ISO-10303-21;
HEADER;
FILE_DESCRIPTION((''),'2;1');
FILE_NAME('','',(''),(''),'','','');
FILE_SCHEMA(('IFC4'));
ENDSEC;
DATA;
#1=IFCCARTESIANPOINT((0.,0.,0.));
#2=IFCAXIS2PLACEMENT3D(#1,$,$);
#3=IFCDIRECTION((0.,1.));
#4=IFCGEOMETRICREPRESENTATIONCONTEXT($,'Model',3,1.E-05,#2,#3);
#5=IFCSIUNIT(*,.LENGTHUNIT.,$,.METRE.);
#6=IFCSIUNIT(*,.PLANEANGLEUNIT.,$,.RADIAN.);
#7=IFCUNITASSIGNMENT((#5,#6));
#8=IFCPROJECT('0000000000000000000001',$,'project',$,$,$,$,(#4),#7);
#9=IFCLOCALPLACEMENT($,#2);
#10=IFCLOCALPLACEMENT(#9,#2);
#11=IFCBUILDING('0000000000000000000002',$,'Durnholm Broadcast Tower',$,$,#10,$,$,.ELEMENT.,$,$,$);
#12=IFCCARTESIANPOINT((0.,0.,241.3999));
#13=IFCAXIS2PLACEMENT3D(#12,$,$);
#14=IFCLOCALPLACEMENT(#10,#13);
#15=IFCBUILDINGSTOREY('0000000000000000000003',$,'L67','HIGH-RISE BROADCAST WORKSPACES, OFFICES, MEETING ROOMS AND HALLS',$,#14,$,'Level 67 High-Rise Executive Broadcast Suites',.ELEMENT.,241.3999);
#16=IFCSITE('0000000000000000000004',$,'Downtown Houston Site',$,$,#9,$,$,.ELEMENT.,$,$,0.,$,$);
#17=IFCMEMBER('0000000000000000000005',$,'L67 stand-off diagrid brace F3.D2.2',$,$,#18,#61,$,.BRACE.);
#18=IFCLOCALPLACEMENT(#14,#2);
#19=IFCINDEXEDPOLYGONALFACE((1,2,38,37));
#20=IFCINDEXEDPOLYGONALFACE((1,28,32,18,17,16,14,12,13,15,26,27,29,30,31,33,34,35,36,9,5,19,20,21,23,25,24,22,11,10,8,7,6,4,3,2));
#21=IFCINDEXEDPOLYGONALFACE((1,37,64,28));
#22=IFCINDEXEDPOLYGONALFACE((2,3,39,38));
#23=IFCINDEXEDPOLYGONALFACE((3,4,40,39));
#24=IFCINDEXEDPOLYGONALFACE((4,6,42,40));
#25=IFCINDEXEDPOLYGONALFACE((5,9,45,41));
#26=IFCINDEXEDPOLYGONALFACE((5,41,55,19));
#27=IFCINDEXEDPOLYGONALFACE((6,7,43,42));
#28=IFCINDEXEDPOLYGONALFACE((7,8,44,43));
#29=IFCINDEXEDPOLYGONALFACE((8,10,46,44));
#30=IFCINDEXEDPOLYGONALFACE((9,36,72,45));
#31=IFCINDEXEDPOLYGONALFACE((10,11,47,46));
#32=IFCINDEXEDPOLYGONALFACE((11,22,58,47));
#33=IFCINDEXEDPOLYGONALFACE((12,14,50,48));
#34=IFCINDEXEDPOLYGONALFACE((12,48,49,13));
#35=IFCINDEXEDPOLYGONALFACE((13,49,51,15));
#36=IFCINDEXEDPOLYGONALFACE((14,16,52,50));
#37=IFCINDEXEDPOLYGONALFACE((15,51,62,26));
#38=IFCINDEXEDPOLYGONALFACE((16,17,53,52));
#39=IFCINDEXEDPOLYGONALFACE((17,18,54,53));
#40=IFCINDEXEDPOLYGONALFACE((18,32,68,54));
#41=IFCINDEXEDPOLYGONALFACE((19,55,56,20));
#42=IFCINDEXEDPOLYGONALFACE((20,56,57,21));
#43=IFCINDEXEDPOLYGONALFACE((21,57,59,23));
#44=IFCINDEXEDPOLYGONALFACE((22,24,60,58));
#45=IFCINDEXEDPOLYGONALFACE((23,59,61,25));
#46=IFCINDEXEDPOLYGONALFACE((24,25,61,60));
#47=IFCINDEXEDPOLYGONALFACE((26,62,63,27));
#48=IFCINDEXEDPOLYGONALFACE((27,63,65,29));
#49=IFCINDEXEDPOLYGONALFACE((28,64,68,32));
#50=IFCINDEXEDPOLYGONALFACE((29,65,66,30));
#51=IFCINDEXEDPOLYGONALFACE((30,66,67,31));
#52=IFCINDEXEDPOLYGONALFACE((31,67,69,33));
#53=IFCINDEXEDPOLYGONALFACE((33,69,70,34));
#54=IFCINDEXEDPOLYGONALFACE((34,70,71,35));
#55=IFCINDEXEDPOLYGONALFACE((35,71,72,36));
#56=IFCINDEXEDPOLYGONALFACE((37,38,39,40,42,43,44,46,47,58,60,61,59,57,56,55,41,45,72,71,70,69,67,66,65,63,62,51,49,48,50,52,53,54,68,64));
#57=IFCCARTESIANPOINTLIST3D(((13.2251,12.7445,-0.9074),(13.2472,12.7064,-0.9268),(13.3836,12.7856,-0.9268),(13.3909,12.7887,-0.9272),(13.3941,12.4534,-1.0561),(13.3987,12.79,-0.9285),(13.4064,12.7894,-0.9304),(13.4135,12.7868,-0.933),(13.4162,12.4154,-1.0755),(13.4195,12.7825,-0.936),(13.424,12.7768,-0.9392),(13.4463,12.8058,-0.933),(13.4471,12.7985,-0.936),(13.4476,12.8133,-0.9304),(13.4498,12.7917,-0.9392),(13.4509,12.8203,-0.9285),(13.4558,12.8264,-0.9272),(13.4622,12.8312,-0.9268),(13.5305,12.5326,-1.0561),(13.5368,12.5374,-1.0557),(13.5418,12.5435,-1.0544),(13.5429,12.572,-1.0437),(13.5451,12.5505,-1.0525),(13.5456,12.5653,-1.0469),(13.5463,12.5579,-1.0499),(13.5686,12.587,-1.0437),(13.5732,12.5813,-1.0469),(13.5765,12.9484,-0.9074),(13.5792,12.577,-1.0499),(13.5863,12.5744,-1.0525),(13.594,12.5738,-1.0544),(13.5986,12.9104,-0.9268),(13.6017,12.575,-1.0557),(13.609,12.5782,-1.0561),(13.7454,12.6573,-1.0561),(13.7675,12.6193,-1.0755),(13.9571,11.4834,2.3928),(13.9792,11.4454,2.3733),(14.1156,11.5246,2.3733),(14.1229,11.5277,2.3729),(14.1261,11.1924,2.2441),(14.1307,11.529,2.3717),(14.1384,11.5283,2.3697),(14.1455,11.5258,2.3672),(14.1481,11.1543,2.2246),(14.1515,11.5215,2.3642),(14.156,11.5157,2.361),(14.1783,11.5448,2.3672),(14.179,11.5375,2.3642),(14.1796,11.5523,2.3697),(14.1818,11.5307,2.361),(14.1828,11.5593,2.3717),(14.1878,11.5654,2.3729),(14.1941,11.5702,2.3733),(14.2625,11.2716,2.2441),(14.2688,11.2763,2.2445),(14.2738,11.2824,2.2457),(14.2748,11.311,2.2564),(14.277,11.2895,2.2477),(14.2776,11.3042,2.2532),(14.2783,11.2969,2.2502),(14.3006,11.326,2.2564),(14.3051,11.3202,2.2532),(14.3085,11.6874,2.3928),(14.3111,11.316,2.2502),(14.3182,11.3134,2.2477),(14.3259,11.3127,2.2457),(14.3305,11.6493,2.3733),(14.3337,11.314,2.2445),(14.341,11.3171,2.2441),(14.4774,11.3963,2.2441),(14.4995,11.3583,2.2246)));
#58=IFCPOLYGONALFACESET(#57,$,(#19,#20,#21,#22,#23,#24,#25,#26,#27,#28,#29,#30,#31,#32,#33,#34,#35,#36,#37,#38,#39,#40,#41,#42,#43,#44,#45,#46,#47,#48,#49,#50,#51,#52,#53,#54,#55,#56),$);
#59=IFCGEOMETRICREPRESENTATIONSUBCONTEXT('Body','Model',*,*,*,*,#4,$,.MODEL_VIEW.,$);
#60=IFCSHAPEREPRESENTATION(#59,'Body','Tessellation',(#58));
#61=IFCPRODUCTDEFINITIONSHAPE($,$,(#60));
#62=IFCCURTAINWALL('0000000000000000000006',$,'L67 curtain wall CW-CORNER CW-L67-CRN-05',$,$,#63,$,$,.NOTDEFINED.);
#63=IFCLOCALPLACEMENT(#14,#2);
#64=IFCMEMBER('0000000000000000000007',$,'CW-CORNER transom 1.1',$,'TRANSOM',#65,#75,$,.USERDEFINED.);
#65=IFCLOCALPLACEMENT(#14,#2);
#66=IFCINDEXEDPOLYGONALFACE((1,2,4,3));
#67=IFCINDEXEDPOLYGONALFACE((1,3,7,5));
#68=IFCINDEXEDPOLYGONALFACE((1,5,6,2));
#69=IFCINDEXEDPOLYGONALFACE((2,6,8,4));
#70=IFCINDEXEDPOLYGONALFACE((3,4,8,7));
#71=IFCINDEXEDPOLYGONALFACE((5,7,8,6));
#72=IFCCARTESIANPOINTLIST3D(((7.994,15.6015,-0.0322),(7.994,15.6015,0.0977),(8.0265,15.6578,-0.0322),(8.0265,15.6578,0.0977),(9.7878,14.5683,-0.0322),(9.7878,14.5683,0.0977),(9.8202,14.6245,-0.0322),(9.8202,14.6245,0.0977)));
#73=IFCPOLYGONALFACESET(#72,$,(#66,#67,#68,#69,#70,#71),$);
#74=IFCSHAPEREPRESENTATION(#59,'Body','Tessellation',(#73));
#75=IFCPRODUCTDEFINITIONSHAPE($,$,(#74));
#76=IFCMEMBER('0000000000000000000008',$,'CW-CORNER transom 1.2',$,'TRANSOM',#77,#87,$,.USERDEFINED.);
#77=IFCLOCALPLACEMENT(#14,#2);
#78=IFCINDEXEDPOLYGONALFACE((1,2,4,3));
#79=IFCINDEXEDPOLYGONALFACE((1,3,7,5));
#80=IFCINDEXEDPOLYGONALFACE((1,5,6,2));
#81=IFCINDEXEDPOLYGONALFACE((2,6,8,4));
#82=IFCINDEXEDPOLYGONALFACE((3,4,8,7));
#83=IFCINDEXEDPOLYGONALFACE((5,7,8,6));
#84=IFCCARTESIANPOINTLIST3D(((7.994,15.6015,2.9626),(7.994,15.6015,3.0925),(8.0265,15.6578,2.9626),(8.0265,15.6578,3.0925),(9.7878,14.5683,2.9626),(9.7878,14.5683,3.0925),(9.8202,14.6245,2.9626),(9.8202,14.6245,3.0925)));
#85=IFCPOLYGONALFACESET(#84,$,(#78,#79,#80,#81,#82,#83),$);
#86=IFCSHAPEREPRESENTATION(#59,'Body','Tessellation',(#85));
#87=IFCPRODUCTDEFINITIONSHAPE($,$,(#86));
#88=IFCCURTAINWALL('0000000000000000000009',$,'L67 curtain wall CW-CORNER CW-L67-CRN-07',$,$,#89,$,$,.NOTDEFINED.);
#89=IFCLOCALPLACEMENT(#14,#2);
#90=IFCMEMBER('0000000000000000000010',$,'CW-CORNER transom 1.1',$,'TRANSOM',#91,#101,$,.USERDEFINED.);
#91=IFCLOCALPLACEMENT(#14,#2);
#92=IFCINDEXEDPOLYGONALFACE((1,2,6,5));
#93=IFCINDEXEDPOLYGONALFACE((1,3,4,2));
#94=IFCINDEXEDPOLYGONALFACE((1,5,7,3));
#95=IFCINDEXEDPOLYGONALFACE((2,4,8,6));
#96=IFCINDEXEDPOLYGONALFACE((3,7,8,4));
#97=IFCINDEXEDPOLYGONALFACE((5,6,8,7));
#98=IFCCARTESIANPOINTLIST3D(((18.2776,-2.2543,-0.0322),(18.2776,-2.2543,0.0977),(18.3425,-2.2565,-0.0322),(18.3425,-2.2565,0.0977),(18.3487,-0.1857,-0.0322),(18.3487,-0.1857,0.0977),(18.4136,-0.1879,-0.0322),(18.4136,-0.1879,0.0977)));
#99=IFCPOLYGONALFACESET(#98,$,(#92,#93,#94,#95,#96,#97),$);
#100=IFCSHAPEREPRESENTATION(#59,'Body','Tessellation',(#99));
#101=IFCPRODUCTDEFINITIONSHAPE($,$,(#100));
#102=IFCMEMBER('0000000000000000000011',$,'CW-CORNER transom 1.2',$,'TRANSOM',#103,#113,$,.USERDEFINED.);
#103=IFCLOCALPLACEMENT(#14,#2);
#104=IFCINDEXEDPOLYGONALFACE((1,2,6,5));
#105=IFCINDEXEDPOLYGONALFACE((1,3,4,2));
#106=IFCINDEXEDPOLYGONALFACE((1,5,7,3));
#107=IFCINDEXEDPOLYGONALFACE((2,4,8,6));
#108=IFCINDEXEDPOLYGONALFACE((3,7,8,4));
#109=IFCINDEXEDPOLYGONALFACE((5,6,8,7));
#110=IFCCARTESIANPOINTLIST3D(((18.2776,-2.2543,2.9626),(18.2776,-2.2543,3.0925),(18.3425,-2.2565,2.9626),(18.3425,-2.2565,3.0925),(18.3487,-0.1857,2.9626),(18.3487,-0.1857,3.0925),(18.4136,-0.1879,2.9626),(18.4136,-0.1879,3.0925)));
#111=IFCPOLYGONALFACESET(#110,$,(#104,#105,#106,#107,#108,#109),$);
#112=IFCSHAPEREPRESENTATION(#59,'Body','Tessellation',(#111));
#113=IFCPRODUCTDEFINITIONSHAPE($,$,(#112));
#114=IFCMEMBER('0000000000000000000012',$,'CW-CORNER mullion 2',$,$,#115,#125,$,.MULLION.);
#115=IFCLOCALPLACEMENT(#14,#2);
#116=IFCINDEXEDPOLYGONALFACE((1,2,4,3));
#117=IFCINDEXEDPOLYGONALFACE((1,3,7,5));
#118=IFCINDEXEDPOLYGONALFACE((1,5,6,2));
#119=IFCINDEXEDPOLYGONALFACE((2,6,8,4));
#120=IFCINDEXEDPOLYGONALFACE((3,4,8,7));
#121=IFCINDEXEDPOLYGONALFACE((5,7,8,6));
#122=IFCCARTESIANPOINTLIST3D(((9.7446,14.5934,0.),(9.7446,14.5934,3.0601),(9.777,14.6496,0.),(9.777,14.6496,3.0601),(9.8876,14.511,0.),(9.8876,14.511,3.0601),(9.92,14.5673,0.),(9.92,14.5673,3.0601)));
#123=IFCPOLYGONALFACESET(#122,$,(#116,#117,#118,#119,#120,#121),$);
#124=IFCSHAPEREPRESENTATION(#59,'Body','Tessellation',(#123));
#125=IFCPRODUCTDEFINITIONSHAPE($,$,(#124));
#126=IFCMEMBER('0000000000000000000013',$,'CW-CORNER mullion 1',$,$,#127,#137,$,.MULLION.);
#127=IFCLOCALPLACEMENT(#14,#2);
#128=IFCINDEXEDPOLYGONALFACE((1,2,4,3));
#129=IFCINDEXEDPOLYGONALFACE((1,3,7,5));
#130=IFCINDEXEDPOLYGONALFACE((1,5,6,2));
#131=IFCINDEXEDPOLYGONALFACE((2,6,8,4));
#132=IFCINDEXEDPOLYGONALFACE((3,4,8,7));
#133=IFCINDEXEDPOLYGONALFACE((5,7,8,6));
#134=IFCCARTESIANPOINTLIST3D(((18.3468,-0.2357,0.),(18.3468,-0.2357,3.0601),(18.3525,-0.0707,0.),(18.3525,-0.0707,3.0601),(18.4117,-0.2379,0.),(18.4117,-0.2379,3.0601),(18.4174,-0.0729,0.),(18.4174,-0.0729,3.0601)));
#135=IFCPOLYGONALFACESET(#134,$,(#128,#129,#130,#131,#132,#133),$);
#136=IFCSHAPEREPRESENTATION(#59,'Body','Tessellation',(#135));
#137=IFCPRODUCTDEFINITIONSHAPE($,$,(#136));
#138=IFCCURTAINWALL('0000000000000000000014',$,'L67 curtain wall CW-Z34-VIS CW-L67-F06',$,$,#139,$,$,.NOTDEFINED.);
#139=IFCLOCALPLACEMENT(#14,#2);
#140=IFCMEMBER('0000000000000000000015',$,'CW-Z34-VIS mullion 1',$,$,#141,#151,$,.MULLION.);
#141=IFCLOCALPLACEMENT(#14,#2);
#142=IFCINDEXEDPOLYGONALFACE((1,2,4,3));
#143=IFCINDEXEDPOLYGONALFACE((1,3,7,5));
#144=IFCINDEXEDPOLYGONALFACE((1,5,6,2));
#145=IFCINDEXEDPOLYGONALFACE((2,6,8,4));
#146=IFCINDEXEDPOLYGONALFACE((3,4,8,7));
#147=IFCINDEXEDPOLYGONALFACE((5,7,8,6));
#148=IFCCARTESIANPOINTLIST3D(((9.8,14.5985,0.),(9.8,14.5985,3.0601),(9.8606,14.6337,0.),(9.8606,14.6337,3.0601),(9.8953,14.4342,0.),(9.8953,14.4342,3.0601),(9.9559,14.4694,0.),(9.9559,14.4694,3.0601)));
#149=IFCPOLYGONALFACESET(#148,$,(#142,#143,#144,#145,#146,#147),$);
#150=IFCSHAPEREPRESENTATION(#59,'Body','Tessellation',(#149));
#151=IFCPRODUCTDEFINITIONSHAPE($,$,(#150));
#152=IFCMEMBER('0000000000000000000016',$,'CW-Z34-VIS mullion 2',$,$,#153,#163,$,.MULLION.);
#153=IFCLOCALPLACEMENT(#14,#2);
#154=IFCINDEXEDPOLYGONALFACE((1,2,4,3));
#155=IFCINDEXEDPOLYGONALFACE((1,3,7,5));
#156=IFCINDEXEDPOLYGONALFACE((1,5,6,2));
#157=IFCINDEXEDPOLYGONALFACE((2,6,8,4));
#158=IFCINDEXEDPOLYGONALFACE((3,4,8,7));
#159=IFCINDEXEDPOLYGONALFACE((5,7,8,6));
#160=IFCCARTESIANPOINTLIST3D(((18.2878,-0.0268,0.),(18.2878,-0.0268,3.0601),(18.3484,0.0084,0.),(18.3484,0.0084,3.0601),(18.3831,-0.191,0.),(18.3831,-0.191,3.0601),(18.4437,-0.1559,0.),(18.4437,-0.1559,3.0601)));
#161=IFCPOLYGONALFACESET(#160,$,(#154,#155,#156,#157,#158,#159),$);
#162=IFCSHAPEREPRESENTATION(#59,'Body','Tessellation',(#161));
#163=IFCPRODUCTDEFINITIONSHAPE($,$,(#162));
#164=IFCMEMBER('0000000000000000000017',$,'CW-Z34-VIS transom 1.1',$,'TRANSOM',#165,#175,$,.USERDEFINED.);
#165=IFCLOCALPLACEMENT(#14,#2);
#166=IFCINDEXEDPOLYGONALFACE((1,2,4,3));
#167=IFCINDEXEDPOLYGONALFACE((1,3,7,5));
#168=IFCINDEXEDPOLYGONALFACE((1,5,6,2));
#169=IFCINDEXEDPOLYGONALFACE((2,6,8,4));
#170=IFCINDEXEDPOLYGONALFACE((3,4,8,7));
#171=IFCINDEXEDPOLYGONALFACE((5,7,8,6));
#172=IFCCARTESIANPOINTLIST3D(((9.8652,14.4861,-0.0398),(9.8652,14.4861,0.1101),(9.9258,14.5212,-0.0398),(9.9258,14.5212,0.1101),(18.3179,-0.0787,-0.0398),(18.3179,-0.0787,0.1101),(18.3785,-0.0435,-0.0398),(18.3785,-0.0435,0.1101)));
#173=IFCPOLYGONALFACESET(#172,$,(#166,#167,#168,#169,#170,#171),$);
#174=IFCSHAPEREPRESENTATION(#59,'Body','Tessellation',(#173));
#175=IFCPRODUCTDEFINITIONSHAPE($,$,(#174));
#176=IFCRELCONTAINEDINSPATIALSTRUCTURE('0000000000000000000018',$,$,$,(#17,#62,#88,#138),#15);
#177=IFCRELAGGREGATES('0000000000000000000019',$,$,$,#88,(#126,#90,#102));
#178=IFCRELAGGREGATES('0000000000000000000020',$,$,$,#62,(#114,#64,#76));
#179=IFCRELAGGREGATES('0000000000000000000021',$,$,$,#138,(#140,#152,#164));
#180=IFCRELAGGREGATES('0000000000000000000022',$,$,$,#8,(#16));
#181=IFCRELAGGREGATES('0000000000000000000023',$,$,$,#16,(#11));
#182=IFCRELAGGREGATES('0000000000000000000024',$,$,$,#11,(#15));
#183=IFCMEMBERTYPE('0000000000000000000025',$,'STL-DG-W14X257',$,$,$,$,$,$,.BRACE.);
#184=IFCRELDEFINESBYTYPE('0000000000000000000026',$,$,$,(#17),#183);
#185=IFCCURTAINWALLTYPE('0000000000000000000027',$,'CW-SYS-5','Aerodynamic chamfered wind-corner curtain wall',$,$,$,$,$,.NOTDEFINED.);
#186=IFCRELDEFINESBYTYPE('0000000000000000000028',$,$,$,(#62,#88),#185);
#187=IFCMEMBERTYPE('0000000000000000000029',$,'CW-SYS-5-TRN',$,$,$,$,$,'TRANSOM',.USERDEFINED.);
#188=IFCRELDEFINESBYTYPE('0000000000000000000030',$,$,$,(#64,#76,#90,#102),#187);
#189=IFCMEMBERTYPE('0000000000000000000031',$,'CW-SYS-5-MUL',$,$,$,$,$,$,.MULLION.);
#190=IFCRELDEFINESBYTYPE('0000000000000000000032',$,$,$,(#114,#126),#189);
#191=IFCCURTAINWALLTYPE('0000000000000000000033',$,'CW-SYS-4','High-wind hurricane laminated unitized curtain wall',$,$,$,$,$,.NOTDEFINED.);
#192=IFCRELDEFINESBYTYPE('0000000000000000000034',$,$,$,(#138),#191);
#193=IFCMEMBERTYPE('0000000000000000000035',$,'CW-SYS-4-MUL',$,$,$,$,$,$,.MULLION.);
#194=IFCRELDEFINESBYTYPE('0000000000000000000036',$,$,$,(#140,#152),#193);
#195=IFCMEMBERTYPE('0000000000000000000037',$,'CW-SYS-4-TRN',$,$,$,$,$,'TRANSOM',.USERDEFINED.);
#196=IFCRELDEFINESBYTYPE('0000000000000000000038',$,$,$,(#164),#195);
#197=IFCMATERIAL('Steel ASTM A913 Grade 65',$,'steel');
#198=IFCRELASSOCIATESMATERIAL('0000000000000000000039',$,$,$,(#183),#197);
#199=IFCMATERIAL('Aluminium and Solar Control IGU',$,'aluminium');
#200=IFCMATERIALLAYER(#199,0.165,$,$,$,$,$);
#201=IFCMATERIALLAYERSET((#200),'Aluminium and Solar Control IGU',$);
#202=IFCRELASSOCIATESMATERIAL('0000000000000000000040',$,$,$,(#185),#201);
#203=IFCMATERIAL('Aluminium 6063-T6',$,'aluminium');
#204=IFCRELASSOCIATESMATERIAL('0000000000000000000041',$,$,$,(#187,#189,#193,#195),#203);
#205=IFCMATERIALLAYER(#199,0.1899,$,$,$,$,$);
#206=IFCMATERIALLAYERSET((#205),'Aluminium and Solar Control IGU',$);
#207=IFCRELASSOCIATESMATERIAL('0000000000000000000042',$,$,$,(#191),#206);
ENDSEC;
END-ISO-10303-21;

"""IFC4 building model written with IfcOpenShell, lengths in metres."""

from ifc_helpers import new_model, si_unit, direction, frame, origin, origin_2d, place, context, subcontext, project, spatial, rectangle, i_section, extrude, source, transform, mapped, material, layer, layer_set, material_profile, profile_set, type_object, type_shapes, element, aggregate, save


model = new_model("IFC4")

# Units and contexts
model_context = context("Model", 3, precision=1e-05, world=origin(), true_north=direction((0.0, 1.0)))
body_context = subcontext(model_context, "Body", "Model", "MODEL_VIEW")
ifc_project = project(units=[si_unit("LENGTHUNIT", "METRE"), si_unit("PLANEANGLEUNIT", "RADIAN")], contexts=[model_context])

# Site, building, storey
site_placement = place(None, origin())
site = spatial("IfcSite", under=ifc_project, at=site_placement, Name="Downtown Houston Site", CompositionType="ELEMENT", RefElevation=0.0)
building_placement = place(site_placement, origin())
building = spatial("IfcBuilding", under=site, at=building_placement, Name="Durnholm Broadcast Tower", CompositionType="ELEMENT")
storey_placement = place(building_placement, frame((0.0, 0.0, 241.3999)))
storey = spatial("IfcBuildingStorey", under=building, at=storey_placement, Name="L67", Description="HIGH-RISE BROADCAST WORKSPACES, OFFICES, MEETING ROOMS AND HALLS", LongName="Level 67 High-Rise Executive Broadcast Suites", CompositionType="ELEMENT", Elevation=241.3999)

# Member
ifc_material_1 = material(Name="Steel ASTM A913 Grade 65", Category="steel")
ifc_material_profile_1 = material_profile(ifc_material_1, i_section(OverallWidth=0.4062, OverallDepth=0.416, WebThickness=0.0298, FlangeThickness=0.0481, FilletRadius=0.0305, at=origin_2d()), Name="W14X257")
ifc_profile_set_1 = profile_set([ifc_material_profile_1], Name="Steel ASTM A913 Grade 65")
member_type_1 = type_object("IfcMemberType", Name="STL-DG-W14X257", PredefinedType="BRACE", material=ifc_profile_set_1)
shared_shape_1 = source(origin(), body_context, "Body", "SweptSolid", [
    extrude(i_section(OverallWidth=0.4062, OverallDepth=0.416, WebThickness=0.0298, FlangeThickness=0.0481, FilletRadius=0.0305, at=origin_2d()), origin(), (0.0, 0.0, 1.0), 3.6079),
])
type_shapes(member_type_1, [shared_shape_1])
for number, where, z_axis, x_axis, name in (
    (1, (13.4963, 12.6819, -0.9915), (0.202876, -0.349518, 0.914701), (0.864864, 0.502006, 0.0), "L67 stand-off diagrid brace F3.D2.2"),
):
    element("IfcMember", number, at=place(storey_placement, frame(where, z_axis=z_axis, x_axis=x_axis)), inside=storey, type_object=member_type_1, Name=name, PredefinedType="BRACE", context=body_context, shape_type="MappedRepresentation", body=[
        mapped(shared_shape_1, transform((0.0, 0.0, 0.0), x_axis=(1.0, 0.0, 0.0), y_axis=(0.0, 1.0, 0.0), z_axis=(0.0, 0.0, 1.0), scale=1.0)),
    ])

# Curtain walls, members
ifc_material_2 = material(Name="Aluminium and Solar Control IGU", Category="aluminium")
ifc_layer_1 = layer(ifc_material_2, 0.165)
ifc_layer_set_1 = layer_set([ifc_layer_1], Name="Aluminium and Solar Control IGU")
curtain_wall_type_1 = type_object("IfcCurtainWallType", Name="CW-SYS-5", Description="Aerodynamic chamfered wind-corner curtain wall", PredefinedType="NOTDEFINED", material=ifc_layer_set_1)
curtain_wall_1_placement = place(storey_placement, origin())
curtain_wall_1 = element("IfcCurtainWall", 2, at=curtain_wall_1_placement, inside=storey, type_object=curtain_wall_type_1, Name="L67 curtain wall CW-CORNER CW-L67-CRN-05", PredefinedType="NOTDEFINED")
ifc_material_3 = material(Name="Aluminium 6063-T6", Category="aluminium")
ifc_material_profile_2 = material_profile(ifc_material_3, rectangle(XDim=0.0649, YDim=0.1299, at=origin_2d()), Name="CWT65X130")
ifc_profile_set_2 = profile_set([ifc_material_profile_2], Name="Aluminium 6063-T6")
member_type_2 = type_object("IfcMemberType", Name="CW-SYS-5-TRN", ElementType="TRANSOM", PredefinedType="USERDEFINED", material=ifc_profile_set_2)
shared_shape_2 = source(origin(), body_context, "Body", "SweptSolid", [
    extrude(rectangle(XDim=0.0649, YDim=0.1299, at=origin_2d()), origin(), (0.0, 0.0, 1.0), 2.0701),
])
member_1_placement = place(storey_placement, frame((8.0103, 15.6296, 0.0327), z_axis=(0.866525, -0.499134, 0.0), x_axis=(0.499134, 0.866525, 0.0)))
member_1 = element("IfcMember", 3, at=member_1_placement, type_object=member_type_2, Name="CW-CORNER transom 1.1", ObjectType="TRANSOM", PredefinedType="USERDEFINED", context=body_context, shape_type="MappedRepresentation", body=[
    mapped(shared_shape_2, transform((0.0, 0.0, 0.0), x_axis=(1.0, 0.0, 0.0), y_axis=(0.0, 1.0, 0.0), z_axis=(0.0, 0.0, 1.0), scale=1.0)),
])
member_2_placement = place(storey_placement, frame((8.0103, 15.6296, 3.0276), z_axis=(0.866525, -0.499134, 0.0), x_axis=(0.499134, 0.866525, 0.0)))
member_2 = element("IfcMember", 4, at=member_2_placement, type_object=member_type_2, Name="CW-CORNER transom 1.2", ObjectType="TRANSOM", PredefinedType="USERDEFINED", context=body_context, shape_type="MappedRepresentation", body=[
    mapped(shared_shape_2, transform((0.0, 0.0, 0.0), x_axis=(1.0, 0.0, 0.0), y_axis=(0.0, 1.0, 0.0), z_axis=(0.0, 0.0, 1.0), scale=1.0)),
])
curtain_wall_2_placement = place(storey_placement, origin())
curtain_wall_2 = element("IfcCurtainWall", 5, at=curtain_wall_2_placement, inside=storey, type_object=curtain_wall_type_1, Name="L67 curtain wall CW-CORNER CW-L67-CRN-07", PredefinedType="NOTDEFINED")
shared_shape_3 = source(origin(), body_context, "Body", "SweptSolid", [
    extrude(rectangle(XDim=0.0649, YDim=0.1299, at=origin_2d()), origin(), (0.0, 0.0, 1.0), 2.0698),
])
type_shapes(member_type_2, [shared_shape_2, shared_shape_3])
member_3_placement = place(storey_placement, frame((18.3811, -0.1868, 0.0327), z_axis=(-0.034324, -0.999411, 0.0), x_axis=(0.999411, -0.034324, 0.0)))
member_3 = element("IfcMember", 6, at=member_3_placement, type_object=member_type_2, Name="CW-CORNER transom 1.1", ObjectType="TRANSOM", PredefinedType="USERDEFINED", context=body_context, shape_type="MappedRepresentation", body=[
    mapped(shared_shape_3, transform((0.0, 0.0, 0.0), x_axis=(1.0, 0.0, 0.0), y_axis=(0.0, 1.0, 0.0), z_axis=(0.0, 0.0, 1.0), scale=1.0)),
])
member_4_placement = place(storey_placement, frame((18.3811, -0.1868, 3.0276), z_axis=(-0.034324, -0.999411, 0.0), x_axis=(0.999411, -0.034324, 0.0)))
member_4 = element("IfcMember", 7, at=member_4_placement, type_object=member_type_2, Name="CW-CORNER transom 1.2", ObjectType="TRANSOM", PredefinedType="USERDEFINED", context=body_context, shape_type="MappedRepresentation", body=[
    mapped(shared_shape_3, transform((0.0, 0.0, 0.0), x_axis=(1.0, 0.0, 0.0), y_axis=(0.0, 1.0, 0.0), z_axis=(0.0, 0.0, 1.0), scale=1.0)),
])

# Members
ifc_material_profile_3 = material_profile(ifc_material_3, rectangle(XDim=0.0649, YDim=0.165, at=origin_2d()), Name="CWM65X165")
ifc_profile_set_3 = profile_set([ifc_material_profile_3], Name="Aluminium 6063-T6")
member_type_3 = type_object("IfcMemberType", Name="CW-SYS-5-MUL", PredefinedType="MULLION", material=ifc_profile_set_3)
shared_shape_4 = source(origin(), body_context, "Body", "SweptSolid", [
    extrude(rectangle(XDim=0.0649, YDim=0.165, at=origin_2d()), origin(), (0.0, 0.0, 1.0), 3.0601),
])
type_shapes(member_type_3, [shared_shape_4])
member_5_placement = place(storey_placement, frame((9.8323, 14.5803, 0.0), z_axis=(0.0, 0.0, 1.0), x_axis=(0.499059, 0.866568, 0.0)))
member_5 = element("IfcMember", 8, at=member_5_placement, type_object=member_type_3, Name="CW-CORNER mullion 2", PredefinedType="MULLION", context=body_context, shape_type="MappedRepresentation", body=[
    mapped(shared_shape_4, transform((0.0, 0.0, 0.0), x_axis=(1.0, 0.0, 0.0), y_axis=(0.0, 1.0, 0.0), z_axis=(0.0, 0.0, 1.0), scale=1.0)),
])
member_6_placement = place(storey_placement, frame((18.3821, -0.1543, 0.0), z_axis=(0.0, 0.0, 1.0), x_axis=(0.999411, -0.034318, 0.0)))
member_6 = element("IfcMember", 9, at=member_6_placement, type_object=member_type_3, Name="CW-CORNER mullion 1", PredefinedType="MULLION", context=body_context, shape_type="MappedRepresentation", body=[
    mapped(shared_shape_4, transform((0.0, 0.0, 0.0), x_axis=(1.0, 0.0, 0.0), y_axis=(0.0, 1.0, 0.0), z_axis=(0.0, 0.0, 1.0), scale=1.0)),
])
aggregate(curtain_wall_2, [member_6, member_3, member_4])

# Curtain wall, members
ifc_layer_2 = layer(ifc_material_2, 0.1899)
ifc_layer_set_2 = layer_set([ifc_layer_2], Name="Aluminium and Solar Control IGU")
curtain_wall_type_2 = type_object("IfcCurtainWallType", Name="CW-SYS-4", Description="High-wind hurricane laminated unitized curtain wall", PredefinedType="NOTDEFINED", material=ifc_layer_set_2)
curtain_wall_3_placement = place(storey_placement, origin())
curtain_wall_3 = element("IfcCurtainWall", 10, at=curtain_wall_3_placement, inside=storey, type_object=curtain_wall_type_2, Name="L67 curtain wall CW-Z34-VIS CW-L67-F06", PredefinedType="NOTDEFINED")
ifc_material_profile_4 = material_profile(ifc_material_3, rectangle(XDim=0.0701, YDim=0.1899, at=origin_2d()), Name="CWM70X190")
ifc_profile_set_4 = profile_set([ifc_material_profile_4], Name="Aluminium 6063-T6")
member_type_4 = type_object("IfcMemberType", Name="CW-SYS-4-MUL", PredefinedType="MULLION", material=ifc_profile_set_4)
shared_shape_5 = source(origin(), body_context, "Body", "SweptSolid", [
    extrude(rectangle(XDim=0.0701, YDim=0.1899, at=origin_2d()), origin(), (0.0, 0.0, 1.0), 3.0601),
])
type_shapes(member_type_4, [shared_shape_5])
member_7_placement = place(storey_placement, frame((9.8779, 14.5339, 0.0), z_axis=(0.0, 0.0, 1.0), x_axis=(0.8649, 0.501944, 0.0)))
member_7 = element("IfcMember", 11, at=member_7_placement, type_object=member_type_4, Name="CW-Z34-VIS mullion 1", PredefinedType="MULLION", context=body_context, shape_type="MappedRepresentation", body=[
    mapped(shared_shape_5, transform((0.0, 0.0, 0.0), x_axis=(1.0, 0.0, 0.0), y_axis=(0.0, 1.0, 0.0), z_axis=(0.0, 0.0, 1.0), scale=1.0)),
])
member_8_placement = place(storey_placement, frame((18.3657, -0.0913, 0.0), z_axis=(0.0, 0.0, 1.0), x_axis=(0.8649, 0.501944, 0.0)))
member_8 = element("IfcMember", 12, at=member_8_placement, type_object=member_type_4, Name="CW-Z34-VIS mullion 2", PredefinedType="MULLION", context=body_context, shape_type="MappedRepresentation", body=[
    mapped(shared_shape_5, transform((0.0, 0.0, 0.0), x_axis=(1.0, 0.0, 0.0), y_axis=(0.0, 1.0, 0.0), z_axis=(0.0, 0.0, 1.0), scale=1.0)),
])
ifc_material_profile_5 = material_profile(ifc_material_3, rectangle(XDim=0.0701, YDim=0.1499, at=origin_2d()), Name="CWT70X150")
ifc_profile_set_5 = profile_set([ifc_material_profile_5], Name="Aluminium 6063-T6")
member_type_5 = type_object("IfcMemberType", Name="CW-SYS-4-TRN", ElementType="TRANSOM", PredefinedType="USERDEFINED", material=ifc_profile_set_5)
shared_shape_6 = source(origin(), body_context, "Body", "SweptSolid", [
    extrude(rectangle(XDim=0.0701, YDim=0.1499, at=origin_2d()), origin(), (0.0, 0.0, 1.0), 16.8398),
])
type_shapes(member_type_5, [shared_shape_6])
member_9_placement = place(storey_placement, frame((9.8955, 14.5037, 0.0352), z_axis=(0.501945, -0.864899, 0.0), x_axis=(0.864899, 0.501945, 0.0)))
member_9 = element("IfcMember", 13, at=member_9_placement, type_object=member_type_5, Name="CW-Z34-VIS transom 1.1", ObjectType="TRANSOM", PredefinedType="USERDEFINED", context=body_context, shape_type="MappedRepresentation", body=[
    mapped(shared_shape_6, transform((0.0, 0.0, 0.0), x_axis=(1.0, 0.0, 0.0), y_axis=(0.0, 1.0, 0.0), z_axis=(0.0, 0.0, 1.0), scale=1.0)),
])

aggregate(curtain_wall_1, [member_5, member_1, member_2])
aggregate(curtain_wall_3, [member_7, member_8, member_9])

save(model, "model.ifc")
